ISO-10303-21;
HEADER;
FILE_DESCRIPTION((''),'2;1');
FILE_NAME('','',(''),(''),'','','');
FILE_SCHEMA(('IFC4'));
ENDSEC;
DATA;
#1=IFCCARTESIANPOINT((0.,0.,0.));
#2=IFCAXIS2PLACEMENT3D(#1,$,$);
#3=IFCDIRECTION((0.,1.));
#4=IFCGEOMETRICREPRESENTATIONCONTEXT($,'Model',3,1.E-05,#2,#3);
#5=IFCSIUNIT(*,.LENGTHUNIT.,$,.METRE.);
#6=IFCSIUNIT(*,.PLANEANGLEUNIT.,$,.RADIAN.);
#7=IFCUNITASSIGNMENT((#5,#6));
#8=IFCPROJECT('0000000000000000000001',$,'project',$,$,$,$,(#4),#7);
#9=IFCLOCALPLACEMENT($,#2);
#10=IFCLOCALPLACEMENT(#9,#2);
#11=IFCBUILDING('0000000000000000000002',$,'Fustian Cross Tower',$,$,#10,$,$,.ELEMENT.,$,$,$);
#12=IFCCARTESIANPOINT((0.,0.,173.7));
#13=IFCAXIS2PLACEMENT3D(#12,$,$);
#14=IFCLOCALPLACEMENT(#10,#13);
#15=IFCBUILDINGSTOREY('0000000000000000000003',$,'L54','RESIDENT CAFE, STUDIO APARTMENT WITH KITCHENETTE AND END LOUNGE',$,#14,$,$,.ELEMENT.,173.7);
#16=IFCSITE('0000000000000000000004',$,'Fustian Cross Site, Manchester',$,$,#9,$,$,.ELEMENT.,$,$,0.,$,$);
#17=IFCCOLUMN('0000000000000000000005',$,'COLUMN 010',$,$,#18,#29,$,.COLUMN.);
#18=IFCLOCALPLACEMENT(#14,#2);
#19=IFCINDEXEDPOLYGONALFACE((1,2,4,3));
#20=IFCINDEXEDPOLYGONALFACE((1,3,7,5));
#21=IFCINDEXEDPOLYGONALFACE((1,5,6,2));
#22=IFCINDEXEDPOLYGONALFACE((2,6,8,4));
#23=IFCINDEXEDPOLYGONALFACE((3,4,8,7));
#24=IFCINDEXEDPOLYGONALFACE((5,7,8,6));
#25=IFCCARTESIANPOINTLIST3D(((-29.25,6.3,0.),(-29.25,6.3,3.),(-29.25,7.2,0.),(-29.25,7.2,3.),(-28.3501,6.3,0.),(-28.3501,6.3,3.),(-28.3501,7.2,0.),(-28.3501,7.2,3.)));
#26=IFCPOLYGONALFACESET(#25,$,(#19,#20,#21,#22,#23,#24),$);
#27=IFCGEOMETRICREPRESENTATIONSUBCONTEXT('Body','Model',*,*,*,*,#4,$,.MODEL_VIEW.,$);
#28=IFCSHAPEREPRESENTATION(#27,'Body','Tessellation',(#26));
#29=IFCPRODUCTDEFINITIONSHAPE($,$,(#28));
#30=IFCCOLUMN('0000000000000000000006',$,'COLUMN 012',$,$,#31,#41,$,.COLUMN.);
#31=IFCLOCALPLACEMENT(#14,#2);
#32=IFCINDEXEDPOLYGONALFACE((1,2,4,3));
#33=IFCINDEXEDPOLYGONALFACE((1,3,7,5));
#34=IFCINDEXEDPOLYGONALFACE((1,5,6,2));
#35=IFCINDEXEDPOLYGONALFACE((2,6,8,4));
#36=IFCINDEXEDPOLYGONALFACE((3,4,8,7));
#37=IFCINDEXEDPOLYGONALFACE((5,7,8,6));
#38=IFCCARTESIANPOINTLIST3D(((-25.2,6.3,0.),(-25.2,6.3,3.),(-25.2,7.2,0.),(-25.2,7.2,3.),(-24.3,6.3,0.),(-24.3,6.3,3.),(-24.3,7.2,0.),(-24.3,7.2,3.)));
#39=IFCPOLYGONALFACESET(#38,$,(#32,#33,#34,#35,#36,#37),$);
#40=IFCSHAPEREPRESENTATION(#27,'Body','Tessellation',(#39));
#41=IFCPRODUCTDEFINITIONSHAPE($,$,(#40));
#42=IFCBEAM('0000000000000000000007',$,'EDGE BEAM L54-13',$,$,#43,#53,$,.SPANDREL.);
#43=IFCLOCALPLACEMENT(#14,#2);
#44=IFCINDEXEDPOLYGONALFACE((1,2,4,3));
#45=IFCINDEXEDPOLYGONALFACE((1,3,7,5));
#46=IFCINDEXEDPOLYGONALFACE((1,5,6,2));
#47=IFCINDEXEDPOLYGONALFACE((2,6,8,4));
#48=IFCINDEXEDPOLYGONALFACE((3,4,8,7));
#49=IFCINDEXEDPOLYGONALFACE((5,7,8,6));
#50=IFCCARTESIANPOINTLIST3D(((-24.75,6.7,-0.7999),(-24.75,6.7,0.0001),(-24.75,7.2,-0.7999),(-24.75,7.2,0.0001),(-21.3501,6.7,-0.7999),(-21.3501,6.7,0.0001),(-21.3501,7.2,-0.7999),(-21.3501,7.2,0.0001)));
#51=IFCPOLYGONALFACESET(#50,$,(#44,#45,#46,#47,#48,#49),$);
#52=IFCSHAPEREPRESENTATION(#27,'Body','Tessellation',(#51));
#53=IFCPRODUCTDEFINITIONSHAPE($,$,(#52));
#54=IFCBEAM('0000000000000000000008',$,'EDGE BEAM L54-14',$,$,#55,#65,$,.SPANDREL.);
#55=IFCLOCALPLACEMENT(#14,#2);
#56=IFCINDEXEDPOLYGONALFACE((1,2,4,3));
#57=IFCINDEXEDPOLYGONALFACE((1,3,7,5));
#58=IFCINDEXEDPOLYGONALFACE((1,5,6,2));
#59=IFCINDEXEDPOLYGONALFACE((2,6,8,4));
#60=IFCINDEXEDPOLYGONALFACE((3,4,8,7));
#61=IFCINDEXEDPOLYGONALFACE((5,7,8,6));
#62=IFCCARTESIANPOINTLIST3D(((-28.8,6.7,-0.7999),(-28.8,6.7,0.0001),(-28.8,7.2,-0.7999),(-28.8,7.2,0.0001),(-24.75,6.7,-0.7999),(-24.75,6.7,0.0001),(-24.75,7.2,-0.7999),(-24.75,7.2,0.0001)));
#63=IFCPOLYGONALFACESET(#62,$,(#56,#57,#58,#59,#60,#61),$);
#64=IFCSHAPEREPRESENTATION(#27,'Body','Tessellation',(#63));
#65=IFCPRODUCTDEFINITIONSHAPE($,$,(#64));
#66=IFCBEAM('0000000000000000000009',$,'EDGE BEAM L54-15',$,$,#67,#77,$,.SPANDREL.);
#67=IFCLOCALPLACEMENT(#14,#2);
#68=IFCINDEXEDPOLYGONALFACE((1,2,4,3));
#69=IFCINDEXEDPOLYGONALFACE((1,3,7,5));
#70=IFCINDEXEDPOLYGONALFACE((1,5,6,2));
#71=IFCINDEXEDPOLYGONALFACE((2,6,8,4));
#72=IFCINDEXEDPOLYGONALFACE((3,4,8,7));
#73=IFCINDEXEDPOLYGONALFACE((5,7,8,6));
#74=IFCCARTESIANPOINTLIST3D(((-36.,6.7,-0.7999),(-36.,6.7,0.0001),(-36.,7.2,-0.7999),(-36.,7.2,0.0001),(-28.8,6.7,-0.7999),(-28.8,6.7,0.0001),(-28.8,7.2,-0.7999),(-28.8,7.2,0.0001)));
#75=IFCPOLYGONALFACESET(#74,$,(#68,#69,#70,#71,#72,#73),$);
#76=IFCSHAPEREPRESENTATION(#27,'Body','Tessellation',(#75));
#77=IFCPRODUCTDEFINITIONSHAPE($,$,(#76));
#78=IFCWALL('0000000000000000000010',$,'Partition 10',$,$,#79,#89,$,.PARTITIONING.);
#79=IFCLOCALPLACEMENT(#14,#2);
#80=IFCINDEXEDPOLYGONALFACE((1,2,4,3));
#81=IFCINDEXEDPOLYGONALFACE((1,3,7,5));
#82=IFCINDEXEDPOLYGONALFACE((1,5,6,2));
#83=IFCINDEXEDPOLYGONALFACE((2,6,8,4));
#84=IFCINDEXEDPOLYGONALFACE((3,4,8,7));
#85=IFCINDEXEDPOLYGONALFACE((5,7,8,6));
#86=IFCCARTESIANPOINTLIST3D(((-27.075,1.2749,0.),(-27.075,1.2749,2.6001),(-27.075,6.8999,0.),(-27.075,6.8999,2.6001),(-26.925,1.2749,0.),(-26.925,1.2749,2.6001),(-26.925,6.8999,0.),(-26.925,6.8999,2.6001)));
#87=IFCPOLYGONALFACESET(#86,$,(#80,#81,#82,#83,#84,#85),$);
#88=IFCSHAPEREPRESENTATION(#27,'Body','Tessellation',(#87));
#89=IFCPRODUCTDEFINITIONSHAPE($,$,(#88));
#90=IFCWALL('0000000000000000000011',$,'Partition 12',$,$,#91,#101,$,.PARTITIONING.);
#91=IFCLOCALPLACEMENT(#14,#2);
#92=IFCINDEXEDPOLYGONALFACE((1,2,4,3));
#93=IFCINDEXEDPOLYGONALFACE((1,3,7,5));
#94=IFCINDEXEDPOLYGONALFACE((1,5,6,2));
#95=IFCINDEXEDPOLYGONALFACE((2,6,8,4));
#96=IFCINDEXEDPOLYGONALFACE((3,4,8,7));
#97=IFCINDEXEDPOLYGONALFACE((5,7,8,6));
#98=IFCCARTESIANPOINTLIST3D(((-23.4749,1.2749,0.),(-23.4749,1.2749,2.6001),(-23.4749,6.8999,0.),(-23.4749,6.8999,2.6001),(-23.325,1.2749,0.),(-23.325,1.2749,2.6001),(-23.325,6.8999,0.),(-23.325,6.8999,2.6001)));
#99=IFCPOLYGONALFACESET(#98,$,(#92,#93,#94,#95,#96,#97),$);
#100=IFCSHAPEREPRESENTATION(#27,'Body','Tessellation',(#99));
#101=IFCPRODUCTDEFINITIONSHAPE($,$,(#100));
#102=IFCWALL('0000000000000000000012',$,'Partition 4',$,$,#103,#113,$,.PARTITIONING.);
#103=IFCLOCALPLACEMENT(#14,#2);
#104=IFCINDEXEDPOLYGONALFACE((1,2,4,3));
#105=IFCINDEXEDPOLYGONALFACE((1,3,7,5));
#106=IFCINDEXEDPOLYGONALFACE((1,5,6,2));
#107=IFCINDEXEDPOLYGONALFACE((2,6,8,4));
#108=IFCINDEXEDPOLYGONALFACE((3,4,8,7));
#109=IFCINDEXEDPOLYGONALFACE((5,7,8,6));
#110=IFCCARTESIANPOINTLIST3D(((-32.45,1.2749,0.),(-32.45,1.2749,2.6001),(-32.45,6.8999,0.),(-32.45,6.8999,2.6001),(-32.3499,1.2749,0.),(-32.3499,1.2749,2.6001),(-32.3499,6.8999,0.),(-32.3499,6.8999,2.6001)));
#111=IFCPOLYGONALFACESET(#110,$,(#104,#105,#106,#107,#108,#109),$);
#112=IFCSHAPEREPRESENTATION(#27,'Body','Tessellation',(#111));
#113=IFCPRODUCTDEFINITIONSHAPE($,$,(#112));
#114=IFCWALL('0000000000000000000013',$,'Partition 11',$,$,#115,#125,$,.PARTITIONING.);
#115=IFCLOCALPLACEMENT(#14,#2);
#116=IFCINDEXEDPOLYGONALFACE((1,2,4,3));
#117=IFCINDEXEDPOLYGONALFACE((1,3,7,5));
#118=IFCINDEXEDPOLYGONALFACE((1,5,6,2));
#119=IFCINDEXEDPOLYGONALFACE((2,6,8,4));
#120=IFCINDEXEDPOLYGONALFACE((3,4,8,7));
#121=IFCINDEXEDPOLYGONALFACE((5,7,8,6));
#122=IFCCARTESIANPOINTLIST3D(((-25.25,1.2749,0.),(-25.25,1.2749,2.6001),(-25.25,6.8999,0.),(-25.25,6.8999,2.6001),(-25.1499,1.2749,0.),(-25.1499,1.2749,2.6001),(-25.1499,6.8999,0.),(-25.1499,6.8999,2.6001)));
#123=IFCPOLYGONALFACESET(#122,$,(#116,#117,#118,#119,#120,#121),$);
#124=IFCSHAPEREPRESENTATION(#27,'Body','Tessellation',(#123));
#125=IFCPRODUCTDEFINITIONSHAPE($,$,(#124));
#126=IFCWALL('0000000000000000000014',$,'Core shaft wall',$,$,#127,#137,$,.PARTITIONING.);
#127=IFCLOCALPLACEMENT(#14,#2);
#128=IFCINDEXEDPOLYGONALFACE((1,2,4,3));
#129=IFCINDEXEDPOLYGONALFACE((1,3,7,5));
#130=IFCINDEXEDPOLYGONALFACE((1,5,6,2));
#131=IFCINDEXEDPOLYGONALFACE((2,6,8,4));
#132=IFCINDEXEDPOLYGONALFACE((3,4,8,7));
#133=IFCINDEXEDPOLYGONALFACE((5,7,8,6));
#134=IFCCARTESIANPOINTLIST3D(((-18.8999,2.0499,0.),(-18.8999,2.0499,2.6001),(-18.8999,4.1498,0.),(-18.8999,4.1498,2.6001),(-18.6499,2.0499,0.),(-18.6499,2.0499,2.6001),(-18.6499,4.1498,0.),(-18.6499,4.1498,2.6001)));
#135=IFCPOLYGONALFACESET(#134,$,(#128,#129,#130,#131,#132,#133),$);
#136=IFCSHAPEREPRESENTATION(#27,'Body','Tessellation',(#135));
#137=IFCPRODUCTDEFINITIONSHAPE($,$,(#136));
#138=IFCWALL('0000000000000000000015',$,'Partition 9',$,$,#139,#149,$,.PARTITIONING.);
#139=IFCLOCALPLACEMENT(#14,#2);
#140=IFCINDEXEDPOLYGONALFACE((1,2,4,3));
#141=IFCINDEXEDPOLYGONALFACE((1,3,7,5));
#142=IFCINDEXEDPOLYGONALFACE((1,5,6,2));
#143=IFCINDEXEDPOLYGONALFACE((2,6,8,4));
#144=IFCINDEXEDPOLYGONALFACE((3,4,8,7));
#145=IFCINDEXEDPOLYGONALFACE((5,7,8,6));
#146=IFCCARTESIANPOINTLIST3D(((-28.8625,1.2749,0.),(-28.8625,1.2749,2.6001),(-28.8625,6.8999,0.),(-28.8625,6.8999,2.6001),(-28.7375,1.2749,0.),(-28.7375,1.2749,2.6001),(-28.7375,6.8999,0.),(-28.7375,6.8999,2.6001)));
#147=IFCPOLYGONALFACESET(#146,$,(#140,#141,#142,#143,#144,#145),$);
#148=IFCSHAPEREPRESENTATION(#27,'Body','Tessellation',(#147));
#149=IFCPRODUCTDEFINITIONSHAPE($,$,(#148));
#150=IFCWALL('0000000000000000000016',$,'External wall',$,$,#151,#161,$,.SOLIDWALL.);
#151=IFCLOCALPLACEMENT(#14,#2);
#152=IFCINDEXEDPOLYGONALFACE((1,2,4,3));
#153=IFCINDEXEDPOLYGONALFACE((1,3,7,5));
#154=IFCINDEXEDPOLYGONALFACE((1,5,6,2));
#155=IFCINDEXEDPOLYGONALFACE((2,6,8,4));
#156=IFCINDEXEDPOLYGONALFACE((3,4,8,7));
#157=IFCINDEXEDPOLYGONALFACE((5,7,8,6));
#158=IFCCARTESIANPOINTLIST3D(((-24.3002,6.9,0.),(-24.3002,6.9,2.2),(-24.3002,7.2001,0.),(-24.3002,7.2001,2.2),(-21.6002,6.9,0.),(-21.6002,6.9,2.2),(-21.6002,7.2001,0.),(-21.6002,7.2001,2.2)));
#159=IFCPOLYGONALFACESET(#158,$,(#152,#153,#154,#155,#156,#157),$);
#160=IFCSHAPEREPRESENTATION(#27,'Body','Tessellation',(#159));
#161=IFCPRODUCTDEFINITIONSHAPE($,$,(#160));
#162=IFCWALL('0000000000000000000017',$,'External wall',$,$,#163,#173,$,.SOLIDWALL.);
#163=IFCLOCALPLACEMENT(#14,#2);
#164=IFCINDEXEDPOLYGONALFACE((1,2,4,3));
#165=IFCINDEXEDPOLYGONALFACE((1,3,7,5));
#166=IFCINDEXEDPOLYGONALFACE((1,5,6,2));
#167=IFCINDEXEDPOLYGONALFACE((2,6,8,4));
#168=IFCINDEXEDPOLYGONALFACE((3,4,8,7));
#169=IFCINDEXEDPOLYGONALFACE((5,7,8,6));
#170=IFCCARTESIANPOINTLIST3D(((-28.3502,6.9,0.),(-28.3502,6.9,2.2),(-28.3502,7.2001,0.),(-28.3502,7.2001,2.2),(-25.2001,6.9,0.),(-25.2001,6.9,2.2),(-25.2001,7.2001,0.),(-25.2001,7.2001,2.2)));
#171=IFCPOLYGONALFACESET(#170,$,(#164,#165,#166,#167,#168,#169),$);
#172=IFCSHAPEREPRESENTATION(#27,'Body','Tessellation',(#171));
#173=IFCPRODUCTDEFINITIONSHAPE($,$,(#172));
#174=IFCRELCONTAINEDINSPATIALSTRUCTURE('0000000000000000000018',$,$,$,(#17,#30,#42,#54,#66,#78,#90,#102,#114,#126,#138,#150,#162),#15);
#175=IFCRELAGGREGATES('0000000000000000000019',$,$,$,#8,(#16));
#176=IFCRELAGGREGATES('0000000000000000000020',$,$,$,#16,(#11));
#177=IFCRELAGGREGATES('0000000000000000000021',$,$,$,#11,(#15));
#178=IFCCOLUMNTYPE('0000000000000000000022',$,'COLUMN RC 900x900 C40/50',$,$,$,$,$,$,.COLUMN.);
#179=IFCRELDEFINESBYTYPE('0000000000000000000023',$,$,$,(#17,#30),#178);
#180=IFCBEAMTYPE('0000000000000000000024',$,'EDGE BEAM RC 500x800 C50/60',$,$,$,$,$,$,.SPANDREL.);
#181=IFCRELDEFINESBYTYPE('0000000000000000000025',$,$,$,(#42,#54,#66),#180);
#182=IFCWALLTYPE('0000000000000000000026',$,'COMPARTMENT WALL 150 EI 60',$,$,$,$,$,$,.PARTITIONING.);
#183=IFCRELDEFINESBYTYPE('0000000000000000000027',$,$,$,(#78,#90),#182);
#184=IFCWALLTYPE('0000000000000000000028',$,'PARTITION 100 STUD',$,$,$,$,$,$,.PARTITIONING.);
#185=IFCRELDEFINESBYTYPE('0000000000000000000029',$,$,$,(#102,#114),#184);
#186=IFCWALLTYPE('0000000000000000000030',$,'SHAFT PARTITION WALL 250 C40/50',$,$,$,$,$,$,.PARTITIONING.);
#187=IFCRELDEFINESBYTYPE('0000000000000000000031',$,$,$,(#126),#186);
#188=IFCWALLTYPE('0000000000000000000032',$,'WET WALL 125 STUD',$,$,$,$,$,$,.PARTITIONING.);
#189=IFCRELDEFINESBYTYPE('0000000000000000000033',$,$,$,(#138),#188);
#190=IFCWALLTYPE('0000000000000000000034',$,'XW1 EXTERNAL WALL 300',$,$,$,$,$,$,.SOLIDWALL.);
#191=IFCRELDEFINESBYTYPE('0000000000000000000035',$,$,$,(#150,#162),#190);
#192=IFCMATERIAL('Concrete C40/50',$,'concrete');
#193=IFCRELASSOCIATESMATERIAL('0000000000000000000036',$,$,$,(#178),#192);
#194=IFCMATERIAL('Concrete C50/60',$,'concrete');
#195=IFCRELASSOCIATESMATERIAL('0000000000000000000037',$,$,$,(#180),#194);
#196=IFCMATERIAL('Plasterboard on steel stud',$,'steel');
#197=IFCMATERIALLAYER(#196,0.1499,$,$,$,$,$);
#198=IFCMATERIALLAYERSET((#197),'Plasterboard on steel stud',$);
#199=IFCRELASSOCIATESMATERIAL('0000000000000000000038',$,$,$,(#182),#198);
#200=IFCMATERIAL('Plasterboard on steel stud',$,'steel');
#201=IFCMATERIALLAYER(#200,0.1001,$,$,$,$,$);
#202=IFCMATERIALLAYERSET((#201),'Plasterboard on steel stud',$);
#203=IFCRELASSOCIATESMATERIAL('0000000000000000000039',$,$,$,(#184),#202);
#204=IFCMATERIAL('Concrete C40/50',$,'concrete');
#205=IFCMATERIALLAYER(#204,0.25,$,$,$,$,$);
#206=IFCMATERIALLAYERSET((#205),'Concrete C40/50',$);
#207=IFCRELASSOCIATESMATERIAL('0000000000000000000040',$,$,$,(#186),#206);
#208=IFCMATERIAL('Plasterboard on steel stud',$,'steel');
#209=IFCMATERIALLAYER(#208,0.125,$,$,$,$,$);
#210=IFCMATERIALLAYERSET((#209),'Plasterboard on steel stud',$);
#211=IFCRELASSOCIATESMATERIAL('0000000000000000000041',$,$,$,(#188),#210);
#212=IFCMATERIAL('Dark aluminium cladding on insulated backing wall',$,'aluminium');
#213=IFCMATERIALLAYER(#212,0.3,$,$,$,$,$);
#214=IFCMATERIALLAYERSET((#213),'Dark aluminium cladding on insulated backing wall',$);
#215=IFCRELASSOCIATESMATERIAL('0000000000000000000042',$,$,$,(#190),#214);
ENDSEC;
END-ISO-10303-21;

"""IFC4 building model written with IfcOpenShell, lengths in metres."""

from ifc_helpers import new_model, si_unit, direction, frame, frame_2d, origin, origin_2d, place, context, subcontext, project, spatial, rectangle, extrude, material, layer, layer_set, material_profile, profile_set, type_object, element, save


model = new_model("IFC4")

# Units and contexts
model_context = context("Model", 3, precision=1e-05, world=origin(), true_north=direction((0.0, 1.0)))
body_context = subcontext(model_context, "Body", "Model", "MODEL_VIEW")
ifc_project = project(units=[si_unit("LENGTHUNIT", "METRE"), si_unit("PLANEANGLEUNIT", "RADIAN")], contexts=[model_context])

# Site, building, storey
site_placement = place(None, origin())
site = spatial("IfcSite", under=ifc_project, at=site_placement, Name="Fustian Cross Site, Manchester", CompositionType="ELEMENT", RefElevation=0.0)
building_placement = place(site_placement, origin())
building = spatial("IfcBuilding", under=site, at=building_placement, Name="Fustian Cross Tower", CompositionType="ELEMENT")
storey_placement = place(building_placement, frame((0.0, 0.0, 173.7)))
storey = spatial("IfcBuildingStorey", under=building, at=storey_placement, Name="L54", Description="RESIDENT CAFE, STUDIO APARTMENT WITH KITCHENETTE AND END LOUNGE", CompositionType="ELEMENT", Elevation=173.7)

# Columns
ifc_material_1 = material(Name="Concrete C40/50", Category="concrete")
ifc_material_profile_1 = material_profile(ifc_material_1, rectangle(XDim=0.8999, YDim=0.8999, at=origin_2d()), Name="RC 900x900")
ifc_profile_set_1 = profile_set([ifc_material_profile_1], Name="Concrete C40/50")
column_type = type_object("IfcColumnType", Name="COLUMN RC 900x900 C40/50", PredefinedType="COLUMN", material=ifc_profile_set_1)
for number, where, z_axis, x_axis, name in (
    (1, (-28.8, 6.75, 0.0), (0.0, 0.0, 1.0), (1.0, 0.0, 0.0), "COLUMN 010"),
    (2, (-24.75, 6.75, 0.0), (0.0, 0.0, 1.0), (1.0, 0.0, 0.0), "COLUMN 012"),
):
    element("IfcColumn", number, at=place(storey_placement, frame(where, z_axis=z_axis, x_axis=x_axis)), inside=storey, type_object=column_type, Name=name, PredefinedType="COLUMN", context=body_context, shape_type="SweptSolid", body=[
        extrude(rectangle(XDim=0.8999, YDim=0.8999, at=origin_2d()), origin(), (0.0, 0.0, 1.0), 3.0),
    ])

# Beams
ifc_material_2 = material(Name="Concrete C50/60", Category="concrete")
ifc_material_profile_2 = material_profile(ifc_material_2, rectangle(XDim=0.5, YDim=0.8, at=origin_2d()), Name="RC 500x800")
ifc_profile_set_2 = profile_set([ifc_material_profile_2], Name="Concrete C50/60")
beam_type = type_object("IfcBeamType", Name="EDGE BEAM RC 500x800 C50/60", PredefinedType="SPANDREL", material=ifc_profile_set_2)
beam_1_placement = place(storey_placement, frame((-21.3501, 6.95, -0.3999), z_axis=(-1.0, 0.0, 0.0), x_axis=(0.0, -1.0, 0.0)))
element("IfcBeam", 3, at=beam_1_placement, inside=storey, type_object=beam_type, Name="EDGE BEAM L54-13", PredefinedType="SPANDREL", context=body_context, shape_type="SweptSolid", body=[
    extrude(rectangle(XDim=0.5, YDim=0.8, at=origin_2d()), origin(), (0.0, 0.0, 1.0), 3.3999),
])
beam_2_placement = place(storey_placement, frame((-24.75, 6.95, -0.3999), z_axis=(-1.0, 0.0, 0.0), x_axis=(0.0, -1.0, 0.0)))
element("IfcBeam", 4, at=beam_2_placement, inside=storey, type_object=beam_type, Name="EDGE BEAM L54-14", PredefinedType="SPANDREL", context=body_context, shape_type="SweptSolid", body=[
    extrude(rectangle(XDim=0.5, YDim=0.8, at=origin_2d()), origin(), (0.0, 0.0, 1.0), 4.05),
])
beam_3_placement = place(storey_placement, frame((-28.8, 6.95, -0.3999), z_axis=(-1.0, 0.0, 0.0), x_axis=(0.0, -1.0, 0.0)))
element("IfcBeam", 5, at=beam_3_placement, inside=storey, type_object=beam_type, Name="EDGE BEAM L54-15", PredefinedType="SPANDREL", context=body_context, shape_type="SweptSolid", body=[
    extrude(rectangle(XDim=0.5, YDim=0.8, at=origin_2d()), origin(), (0.0, 0.0, 1.0), 7.2),
])

# Walls
ifc_material_3 = material(Name="Plasterboard on steel stud", Category="steel")
ifc_layer_1 = layer(ifc_material_3, 0.1499)
ifc_layer_set_1 = layer_set([ifc_layer_1], Name="Plasterboard on steel stud")
wall_type_1 = type_object("IfcWallType", Name="COMPARTMENT WALL 150 EI 60", PredefinedType="PARTITIONING", material=ifc_layer_set_1)
for number, where, z_axis, x_axis, name in (
    (6, (-27.0, 1.2749, 0.0), (0.0, 0.0, 1.0), (0.0, 1.0, 0.0), "Partition 10"),
    (7, (-23.3999, 1.2749, 0.0), (0.0, 0.0, 1.0), (0.0, 1.0, 0.0), "Partition 12"),
):
    element("IfcWall", number, at=place(storey_placement, frame(where, z_axis=z_axis, x_axis=x_axis)), inside=storey, type_object=wall_type_1, Name=name, PredefinedType="PARTITIONING", context=body_context, shape_type="SweptSolid", body=[
        extrude(rectangle(XDim=5.625, YDim=0.1499, at=frame_2d((2.8125, 0.0))), origin(), (0.0, 0.0, 1.0), 2.6001),
    ])
ifc_material_4 = material(Name="Plasterboard on steel stud", Category="steel")
ifc_layer_2 = layer(ifc_material_4, 0.1001)
ifc_layer_set_2 = layer_set([ifc_layer_2], Name="Plasterboard on steel stud")
wall_type_2 = type_object("IfcWallType", Name="PARTITION 100 STUD", PredefinedType="PARTITIONING", material=ifc_layer_set_2)
for number, where, z_axis, x_axis, name in (
    (8, (-32.3999, 1.2749, 0.0), (0.0, 0.0, 1.0), (0.0, 1.0, 0.0), "Partition 4"),
    (9, (-25.2, 1.2749, 0.0), (0.0, 0.0, 1.0), (0.0, 1.0, 0.0), "Partition 11"),
):
    element("IfcWall", number, at=place(storey_placement, frame(where, z_axis=z_axis, x_axis=x_axis)), inside=storey, type_object=wall_type_2, Name=name, PredefinedType="PARTITIONING", context=body_context, shape_type="SweptSolid", body=[
        extrude(rectangle(XDim=5.625, YDim=0.1001, at=frame_2d((2.8125, 0.0))), origin(), (0.0, 0.0, 1.0), 2.6001),
    ])
ifc_material_5 = material(Name="Concrete C40/50", Category="concrete")
ifc_layer_3 = layer(ifc_material_5, 0.25)
ifc_layer_set_3 = layer_set([ifc_layer_3], Name="Concrete C40/50")
wall_type_3 = type_object("IfcWallType", Name="SHAFT PARTITION WALL 250 C40/50", PredefinedType="PARTITIONING", material=ifc_layer_set_3)
wall_1_placement = place(storey_placement, frame((-18.7749, 2.05, 0.0), z_axis=(0.0, 0.0, 1.0), x_axis=(0.0, 1.0, 0.0)))
element("IfcWall", 10, at=wall_1_placement, inside=storey, type_object=wall_type_3, Name="Core shaft wall", PredefinedType="PARTITIONING", context=body_context, shape_type="SweptSolid", body=[
    extrude(rectangle(XDim=2.0999, YDim=0.25, at=frame_2d((1.0498, 0.0))), origin(), (0.0, 0.0, 1.0), 2.6001),
])
ifc_material_6 = material(Name="Plasterboard on steel stud", Category="steel")
ifc_layer_4 = layer(ifc_material_6, 0.125)
ifc_layer_set_4 = layer_set([ifc_layer_4], Name="Plasterboard on steel stud")
wall_type_4 = type_object("IfcWallType", Name="WET WALL 125 STUD", PredefinedType="PARTITIONING", material=ifc_layer_set_4)
wall_2_placement = place(storey_placement, frame((-28.8, 1.2749, 0.0), z_axis=(0.0, 0.0, 1.0), x_axis=(0.0, 1.0, 0.0)))
element("IfcWall", 11, at=wall_2_placement, inside=storey, type_object=wall_type_4, Name="Partition 9", PredefinedType="PARTITIONING", context=body_context, shape_type="SweptSolid", body=[
    extrude(rectangle(XDim=5.625, YDim=0.125, at=frame_2d((2.8125, 0.0))), origin(), (0.0, 0.0, 1.0), 2.6001),
])
ifc_material_7 = material(Name="Dark aluminium cladding on insulated backing wall", Category="aluminium")
ifc_layer_5 = layer(ifc_material_7, 0.3)
ifc_layer_set_5 = layer_set([ifc_layer_5], Name="Dark aluminium cladding on insulated backing wall")
wall_type_5 = type_object("IfcWallType", Name="XW1 EXTERNAL WALL 300", PredefinedType="SOLIDWALL", material=ifc_layer_set_5)
wall_3_placement = place(storey_placement, frame((-21.6001, 7.05, 0.0), z_axis=(0.0, 0.0, 1.0), x_axis=(-1.0, 0.0, 0.0)))
element("IfcWall", 12, at=wall_3_placement, inside=storey, type_object=wall_type_5, Name="External wall", PredefinedType="SOLIDWALL", context=body_context, shape_type="SweptSolid", body=[
    extrude(rectangle(XDim=2.7, YDim=0.3, at=frame_2d((1.3501, 0.0))), origin(), (0.0, 0.0, 1.0), 2.2),
])
wall_4_placement = place(storey_placement, frame((-25.2, 7.05, 0.0), z_axis=(0.0, 0.0, 1.0), x_axis=(-1.0, 0.0, 0.0)))
element("IfcWall", 13, at=wall_4_placement, inside=storey, type_object=wall_type_5, Name="External wall", PredefinedType="SOLIDWALL", context=body_context, shape_type="SweptSolid", body=[
    extrude(rectangle(XDim=3.1501, YDim=0.3, at=frame_2d((1.5752, 0.0))), origin(), (0.0, 0.0, 1.0), 2.2),
])

save(model, "model.ifc")
